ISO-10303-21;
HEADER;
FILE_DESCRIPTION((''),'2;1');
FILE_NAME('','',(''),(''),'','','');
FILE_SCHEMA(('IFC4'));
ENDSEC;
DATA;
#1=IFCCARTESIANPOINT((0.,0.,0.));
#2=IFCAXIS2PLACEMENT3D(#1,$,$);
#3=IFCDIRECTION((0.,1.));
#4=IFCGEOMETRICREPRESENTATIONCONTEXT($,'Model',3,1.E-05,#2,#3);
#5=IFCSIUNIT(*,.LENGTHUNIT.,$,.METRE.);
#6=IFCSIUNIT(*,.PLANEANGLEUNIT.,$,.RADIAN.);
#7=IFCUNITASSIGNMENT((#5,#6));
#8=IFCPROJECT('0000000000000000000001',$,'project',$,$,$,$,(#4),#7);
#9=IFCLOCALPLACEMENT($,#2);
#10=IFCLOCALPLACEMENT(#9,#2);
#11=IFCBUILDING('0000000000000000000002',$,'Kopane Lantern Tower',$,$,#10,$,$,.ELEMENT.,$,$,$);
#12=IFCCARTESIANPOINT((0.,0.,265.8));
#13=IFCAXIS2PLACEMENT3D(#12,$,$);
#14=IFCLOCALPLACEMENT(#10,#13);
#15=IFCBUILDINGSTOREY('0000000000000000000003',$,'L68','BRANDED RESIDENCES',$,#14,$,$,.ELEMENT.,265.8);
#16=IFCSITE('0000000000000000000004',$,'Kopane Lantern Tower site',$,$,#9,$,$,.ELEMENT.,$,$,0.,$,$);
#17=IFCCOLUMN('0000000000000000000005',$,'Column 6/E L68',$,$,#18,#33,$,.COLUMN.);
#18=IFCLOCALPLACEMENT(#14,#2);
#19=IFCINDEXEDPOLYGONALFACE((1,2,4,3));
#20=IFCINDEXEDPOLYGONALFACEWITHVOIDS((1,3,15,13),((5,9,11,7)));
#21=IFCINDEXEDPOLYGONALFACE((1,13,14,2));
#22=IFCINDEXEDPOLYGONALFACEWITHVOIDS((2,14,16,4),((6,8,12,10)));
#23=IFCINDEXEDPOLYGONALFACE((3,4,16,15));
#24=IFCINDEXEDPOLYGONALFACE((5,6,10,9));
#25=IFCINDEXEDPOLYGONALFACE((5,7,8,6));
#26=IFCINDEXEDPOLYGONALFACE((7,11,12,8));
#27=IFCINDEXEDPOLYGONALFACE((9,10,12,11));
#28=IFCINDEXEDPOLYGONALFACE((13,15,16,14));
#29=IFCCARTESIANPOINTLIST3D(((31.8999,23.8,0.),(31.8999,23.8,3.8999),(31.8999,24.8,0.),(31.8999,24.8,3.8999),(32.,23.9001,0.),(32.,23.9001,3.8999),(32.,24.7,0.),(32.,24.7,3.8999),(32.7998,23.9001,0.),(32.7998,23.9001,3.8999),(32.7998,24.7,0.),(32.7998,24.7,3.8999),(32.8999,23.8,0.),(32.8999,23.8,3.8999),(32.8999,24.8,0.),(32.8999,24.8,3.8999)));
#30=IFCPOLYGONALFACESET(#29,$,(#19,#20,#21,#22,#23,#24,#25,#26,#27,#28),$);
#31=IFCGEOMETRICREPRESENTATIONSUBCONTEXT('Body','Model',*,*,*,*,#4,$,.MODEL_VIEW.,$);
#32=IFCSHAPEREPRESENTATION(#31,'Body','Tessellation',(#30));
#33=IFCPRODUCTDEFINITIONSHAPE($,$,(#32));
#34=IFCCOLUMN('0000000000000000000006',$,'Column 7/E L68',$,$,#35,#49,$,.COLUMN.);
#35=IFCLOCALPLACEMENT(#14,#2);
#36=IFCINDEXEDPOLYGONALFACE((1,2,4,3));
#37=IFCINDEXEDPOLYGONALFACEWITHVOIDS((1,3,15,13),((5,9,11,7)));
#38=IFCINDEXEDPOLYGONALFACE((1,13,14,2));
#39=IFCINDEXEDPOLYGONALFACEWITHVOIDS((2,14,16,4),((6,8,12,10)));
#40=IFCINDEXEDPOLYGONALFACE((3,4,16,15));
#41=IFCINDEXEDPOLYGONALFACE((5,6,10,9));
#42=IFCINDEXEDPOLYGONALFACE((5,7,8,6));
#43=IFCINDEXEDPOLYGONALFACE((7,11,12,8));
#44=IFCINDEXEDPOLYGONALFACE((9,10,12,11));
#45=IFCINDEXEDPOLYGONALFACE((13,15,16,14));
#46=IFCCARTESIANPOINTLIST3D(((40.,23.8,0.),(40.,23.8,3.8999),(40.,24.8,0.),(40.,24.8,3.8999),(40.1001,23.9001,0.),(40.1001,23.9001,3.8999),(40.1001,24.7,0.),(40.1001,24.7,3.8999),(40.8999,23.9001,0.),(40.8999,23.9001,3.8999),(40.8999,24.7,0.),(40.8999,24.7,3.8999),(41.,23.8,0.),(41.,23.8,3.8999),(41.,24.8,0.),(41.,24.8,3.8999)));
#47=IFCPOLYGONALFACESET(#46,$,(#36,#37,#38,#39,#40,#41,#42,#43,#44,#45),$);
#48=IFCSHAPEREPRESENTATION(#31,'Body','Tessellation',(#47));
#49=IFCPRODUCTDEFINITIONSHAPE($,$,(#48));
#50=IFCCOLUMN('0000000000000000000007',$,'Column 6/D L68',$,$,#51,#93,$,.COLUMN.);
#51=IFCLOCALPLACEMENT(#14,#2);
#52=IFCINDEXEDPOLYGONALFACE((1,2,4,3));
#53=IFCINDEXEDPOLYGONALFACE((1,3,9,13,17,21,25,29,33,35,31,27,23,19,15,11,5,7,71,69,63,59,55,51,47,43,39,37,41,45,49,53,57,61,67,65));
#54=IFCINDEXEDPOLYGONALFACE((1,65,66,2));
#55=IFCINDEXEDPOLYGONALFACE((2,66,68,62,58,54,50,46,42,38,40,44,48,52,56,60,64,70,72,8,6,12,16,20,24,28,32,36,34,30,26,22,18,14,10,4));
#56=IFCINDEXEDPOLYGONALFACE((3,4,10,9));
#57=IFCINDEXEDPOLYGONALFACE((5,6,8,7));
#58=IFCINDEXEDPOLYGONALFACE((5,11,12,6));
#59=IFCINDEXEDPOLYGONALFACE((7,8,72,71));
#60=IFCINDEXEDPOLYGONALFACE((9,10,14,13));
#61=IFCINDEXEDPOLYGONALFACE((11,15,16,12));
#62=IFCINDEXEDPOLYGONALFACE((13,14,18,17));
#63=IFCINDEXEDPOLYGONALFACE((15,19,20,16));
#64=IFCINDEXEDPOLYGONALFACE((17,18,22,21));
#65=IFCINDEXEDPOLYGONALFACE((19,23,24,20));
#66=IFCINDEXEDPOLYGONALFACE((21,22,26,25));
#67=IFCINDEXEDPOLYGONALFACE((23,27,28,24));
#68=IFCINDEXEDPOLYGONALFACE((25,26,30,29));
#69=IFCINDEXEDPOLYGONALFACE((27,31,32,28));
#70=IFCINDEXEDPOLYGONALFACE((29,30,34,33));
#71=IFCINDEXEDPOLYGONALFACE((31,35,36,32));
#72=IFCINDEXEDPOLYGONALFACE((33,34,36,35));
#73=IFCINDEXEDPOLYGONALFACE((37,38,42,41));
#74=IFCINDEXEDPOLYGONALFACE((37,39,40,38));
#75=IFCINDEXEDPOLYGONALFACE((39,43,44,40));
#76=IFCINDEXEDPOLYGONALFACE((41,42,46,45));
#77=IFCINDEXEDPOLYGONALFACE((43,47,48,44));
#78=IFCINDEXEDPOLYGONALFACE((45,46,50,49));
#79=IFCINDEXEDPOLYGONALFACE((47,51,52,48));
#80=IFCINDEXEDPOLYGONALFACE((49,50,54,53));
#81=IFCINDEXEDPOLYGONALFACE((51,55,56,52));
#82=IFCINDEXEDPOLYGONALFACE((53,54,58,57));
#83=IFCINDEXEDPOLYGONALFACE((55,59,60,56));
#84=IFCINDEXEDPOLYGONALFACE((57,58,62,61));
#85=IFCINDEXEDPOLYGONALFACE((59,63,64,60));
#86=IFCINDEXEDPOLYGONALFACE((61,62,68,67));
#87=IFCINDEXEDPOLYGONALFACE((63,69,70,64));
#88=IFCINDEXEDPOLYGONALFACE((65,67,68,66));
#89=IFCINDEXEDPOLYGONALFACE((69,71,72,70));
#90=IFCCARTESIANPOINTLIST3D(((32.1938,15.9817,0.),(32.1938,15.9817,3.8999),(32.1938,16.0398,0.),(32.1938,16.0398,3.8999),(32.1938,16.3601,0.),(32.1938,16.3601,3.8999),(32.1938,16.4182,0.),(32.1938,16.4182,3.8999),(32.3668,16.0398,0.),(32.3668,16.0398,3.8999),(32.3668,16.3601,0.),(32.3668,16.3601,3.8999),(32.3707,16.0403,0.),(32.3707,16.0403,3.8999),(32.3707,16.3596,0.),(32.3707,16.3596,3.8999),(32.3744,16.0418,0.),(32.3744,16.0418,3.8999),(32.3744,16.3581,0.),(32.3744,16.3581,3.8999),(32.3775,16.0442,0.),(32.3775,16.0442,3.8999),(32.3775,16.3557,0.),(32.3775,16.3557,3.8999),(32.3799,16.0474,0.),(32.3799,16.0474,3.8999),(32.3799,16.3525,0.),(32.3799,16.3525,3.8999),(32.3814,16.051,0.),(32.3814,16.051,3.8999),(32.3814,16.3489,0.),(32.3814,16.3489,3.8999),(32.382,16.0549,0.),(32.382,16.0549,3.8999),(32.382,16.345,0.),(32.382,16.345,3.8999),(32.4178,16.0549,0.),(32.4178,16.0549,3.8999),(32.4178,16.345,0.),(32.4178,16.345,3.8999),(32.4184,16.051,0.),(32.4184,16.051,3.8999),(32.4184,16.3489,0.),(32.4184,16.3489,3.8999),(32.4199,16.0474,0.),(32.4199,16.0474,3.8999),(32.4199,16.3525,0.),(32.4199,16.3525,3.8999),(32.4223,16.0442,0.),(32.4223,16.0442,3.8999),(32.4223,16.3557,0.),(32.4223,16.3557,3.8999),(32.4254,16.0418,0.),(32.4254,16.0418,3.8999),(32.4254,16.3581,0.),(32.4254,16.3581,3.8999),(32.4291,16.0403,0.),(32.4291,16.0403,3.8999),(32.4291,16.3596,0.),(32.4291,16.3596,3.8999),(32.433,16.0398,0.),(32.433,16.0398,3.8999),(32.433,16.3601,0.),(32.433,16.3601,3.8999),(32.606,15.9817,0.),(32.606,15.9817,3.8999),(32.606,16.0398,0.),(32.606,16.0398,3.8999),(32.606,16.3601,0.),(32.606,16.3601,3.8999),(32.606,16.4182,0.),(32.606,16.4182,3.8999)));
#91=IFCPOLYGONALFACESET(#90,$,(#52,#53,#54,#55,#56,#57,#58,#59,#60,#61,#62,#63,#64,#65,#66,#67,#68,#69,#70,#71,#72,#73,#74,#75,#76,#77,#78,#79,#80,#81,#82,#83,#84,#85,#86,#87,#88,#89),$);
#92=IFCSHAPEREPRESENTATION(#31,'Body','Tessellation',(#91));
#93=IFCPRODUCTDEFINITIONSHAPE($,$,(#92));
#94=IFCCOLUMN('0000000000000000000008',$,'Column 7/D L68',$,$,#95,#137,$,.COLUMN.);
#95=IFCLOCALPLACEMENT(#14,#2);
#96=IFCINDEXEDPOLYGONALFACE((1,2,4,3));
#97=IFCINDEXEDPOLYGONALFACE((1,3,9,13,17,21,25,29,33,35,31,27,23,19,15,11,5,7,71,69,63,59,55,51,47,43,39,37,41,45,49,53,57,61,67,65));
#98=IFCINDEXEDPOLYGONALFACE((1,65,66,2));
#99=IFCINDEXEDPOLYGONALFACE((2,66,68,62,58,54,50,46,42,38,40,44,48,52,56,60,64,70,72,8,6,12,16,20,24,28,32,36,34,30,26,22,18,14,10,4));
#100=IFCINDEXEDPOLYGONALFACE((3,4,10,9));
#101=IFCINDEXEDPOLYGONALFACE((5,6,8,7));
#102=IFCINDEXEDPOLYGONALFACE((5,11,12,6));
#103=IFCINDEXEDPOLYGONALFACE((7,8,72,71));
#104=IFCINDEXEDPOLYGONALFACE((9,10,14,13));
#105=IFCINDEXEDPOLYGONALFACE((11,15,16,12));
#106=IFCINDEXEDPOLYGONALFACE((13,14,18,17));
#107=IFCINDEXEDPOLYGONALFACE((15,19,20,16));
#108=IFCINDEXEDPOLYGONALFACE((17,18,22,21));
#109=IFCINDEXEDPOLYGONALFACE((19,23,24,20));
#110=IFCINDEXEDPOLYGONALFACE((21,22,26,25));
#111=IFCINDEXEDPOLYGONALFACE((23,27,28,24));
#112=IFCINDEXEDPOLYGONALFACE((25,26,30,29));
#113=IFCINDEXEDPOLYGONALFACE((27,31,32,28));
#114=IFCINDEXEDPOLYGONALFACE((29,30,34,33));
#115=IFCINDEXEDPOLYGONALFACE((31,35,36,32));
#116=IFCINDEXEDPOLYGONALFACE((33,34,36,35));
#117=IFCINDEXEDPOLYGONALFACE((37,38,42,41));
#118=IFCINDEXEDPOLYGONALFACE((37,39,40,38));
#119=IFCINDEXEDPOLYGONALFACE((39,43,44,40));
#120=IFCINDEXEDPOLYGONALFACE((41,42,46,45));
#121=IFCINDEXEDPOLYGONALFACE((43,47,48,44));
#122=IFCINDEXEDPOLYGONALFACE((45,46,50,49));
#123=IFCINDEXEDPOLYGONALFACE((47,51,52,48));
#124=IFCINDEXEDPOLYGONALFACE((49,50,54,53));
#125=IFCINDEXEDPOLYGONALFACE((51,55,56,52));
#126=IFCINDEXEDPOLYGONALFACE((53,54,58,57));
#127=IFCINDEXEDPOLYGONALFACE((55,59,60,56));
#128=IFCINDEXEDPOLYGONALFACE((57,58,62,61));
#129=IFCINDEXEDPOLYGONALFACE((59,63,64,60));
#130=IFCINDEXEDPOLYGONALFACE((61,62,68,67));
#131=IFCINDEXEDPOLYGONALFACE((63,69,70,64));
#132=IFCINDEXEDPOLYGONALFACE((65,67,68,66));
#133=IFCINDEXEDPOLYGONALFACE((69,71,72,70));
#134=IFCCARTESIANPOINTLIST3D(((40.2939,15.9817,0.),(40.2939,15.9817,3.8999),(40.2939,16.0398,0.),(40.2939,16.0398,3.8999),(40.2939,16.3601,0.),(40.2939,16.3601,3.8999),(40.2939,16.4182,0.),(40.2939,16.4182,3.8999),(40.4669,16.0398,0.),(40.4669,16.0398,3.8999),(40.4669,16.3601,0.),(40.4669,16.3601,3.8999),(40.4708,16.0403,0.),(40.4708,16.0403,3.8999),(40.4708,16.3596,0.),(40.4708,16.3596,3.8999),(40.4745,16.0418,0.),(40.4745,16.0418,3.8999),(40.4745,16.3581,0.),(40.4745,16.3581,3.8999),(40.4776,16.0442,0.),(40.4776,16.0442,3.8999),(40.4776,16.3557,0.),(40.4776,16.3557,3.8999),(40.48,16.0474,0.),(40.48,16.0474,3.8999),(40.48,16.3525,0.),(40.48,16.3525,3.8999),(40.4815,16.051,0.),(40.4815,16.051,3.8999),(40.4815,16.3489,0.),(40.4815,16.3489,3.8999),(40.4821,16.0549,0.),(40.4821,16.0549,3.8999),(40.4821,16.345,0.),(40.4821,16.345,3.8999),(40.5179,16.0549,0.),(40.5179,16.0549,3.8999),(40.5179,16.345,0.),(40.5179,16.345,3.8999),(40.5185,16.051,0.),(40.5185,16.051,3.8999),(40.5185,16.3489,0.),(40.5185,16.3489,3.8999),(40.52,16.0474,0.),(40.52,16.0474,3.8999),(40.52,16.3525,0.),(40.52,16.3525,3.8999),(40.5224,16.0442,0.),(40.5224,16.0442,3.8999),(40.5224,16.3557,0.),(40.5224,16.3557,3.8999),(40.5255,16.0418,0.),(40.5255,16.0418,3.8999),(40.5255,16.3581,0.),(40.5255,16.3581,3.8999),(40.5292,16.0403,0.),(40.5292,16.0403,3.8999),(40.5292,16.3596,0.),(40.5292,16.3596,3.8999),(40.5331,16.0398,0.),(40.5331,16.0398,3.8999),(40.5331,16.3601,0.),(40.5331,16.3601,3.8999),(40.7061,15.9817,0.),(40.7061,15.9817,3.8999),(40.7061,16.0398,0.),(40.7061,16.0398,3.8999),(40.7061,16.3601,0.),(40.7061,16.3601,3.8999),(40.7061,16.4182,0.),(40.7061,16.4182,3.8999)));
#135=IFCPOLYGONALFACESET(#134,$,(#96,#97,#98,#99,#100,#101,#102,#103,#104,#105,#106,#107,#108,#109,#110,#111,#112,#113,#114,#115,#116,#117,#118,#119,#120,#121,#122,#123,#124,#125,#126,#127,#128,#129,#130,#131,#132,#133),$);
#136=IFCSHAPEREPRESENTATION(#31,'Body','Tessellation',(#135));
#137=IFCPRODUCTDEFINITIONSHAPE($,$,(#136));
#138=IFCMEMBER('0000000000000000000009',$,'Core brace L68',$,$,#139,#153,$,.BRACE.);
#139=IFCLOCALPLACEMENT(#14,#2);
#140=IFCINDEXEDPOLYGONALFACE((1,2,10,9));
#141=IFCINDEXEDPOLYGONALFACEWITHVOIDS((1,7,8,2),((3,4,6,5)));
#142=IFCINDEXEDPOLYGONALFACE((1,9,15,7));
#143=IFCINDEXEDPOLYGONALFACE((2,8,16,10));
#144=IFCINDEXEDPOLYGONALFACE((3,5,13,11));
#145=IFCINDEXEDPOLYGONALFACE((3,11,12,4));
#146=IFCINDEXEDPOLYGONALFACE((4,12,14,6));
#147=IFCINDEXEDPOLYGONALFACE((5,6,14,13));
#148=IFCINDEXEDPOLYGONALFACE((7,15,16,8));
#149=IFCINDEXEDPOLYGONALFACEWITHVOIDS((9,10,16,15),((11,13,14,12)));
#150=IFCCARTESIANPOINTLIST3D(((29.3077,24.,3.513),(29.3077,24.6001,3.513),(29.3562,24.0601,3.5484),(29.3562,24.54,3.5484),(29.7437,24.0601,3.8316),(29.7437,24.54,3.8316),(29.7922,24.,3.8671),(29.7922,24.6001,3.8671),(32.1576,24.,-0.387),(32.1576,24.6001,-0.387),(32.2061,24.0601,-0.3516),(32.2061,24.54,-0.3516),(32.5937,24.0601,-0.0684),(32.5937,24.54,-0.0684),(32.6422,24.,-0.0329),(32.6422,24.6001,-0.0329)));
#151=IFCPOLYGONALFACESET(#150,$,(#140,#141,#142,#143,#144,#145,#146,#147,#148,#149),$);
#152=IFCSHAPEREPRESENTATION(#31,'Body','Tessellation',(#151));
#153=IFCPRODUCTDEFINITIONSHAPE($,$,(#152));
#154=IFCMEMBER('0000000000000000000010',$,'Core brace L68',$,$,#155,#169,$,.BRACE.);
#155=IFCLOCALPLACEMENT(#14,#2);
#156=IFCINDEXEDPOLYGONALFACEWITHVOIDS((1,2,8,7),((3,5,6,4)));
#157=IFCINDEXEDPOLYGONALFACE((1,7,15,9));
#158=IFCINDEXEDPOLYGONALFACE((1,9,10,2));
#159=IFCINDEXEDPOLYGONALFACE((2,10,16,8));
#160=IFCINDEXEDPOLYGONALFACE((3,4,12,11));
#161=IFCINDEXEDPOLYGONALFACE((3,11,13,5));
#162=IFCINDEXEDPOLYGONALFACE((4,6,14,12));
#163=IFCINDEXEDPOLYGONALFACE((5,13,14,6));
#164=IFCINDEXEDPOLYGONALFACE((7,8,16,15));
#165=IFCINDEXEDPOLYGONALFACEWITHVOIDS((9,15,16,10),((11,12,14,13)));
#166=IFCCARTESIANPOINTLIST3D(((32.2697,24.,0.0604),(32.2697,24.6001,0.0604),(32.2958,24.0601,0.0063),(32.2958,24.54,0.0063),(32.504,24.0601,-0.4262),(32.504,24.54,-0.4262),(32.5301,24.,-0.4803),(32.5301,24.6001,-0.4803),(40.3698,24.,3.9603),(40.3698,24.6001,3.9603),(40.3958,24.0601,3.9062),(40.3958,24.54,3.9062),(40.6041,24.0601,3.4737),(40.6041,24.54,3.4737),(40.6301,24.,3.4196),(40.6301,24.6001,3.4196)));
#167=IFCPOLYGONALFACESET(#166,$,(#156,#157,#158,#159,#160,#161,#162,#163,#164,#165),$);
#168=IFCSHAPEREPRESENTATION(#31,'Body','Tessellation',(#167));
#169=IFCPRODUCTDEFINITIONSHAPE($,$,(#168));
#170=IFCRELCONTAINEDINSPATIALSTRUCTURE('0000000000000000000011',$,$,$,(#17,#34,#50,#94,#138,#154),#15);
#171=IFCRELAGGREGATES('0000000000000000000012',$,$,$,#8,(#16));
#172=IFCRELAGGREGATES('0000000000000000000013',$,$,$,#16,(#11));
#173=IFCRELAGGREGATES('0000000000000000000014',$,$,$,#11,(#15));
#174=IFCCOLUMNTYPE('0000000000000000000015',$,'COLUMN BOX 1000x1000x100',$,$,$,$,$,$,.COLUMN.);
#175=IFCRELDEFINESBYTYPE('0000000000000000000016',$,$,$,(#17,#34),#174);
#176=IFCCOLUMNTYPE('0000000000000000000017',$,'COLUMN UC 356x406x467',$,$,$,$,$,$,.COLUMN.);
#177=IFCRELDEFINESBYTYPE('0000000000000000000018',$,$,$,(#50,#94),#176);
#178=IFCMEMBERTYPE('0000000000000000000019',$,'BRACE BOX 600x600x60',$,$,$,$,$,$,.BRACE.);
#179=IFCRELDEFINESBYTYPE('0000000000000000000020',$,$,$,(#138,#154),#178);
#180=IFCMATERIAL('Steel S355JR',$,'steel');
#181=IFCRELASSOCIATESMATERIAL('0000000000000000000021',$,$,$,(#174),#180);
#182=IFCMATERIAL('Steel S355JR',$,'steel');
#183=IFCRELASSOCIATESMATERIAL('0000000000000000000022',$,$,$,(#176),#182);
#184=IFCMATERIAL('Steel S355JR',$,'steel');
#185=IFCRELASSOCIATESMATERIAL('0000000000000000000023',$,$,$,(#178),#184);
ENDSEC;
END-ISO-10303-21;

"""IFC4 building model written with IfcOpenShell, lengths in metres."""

from ifc_helpers import new_model, si_unit, direction, frame, origin, origin_2d, place, context, subcontext, project, spatial, hollow_rectangle, i_section, extrude, material, material_profile, profile_set, type_object, element, save


model = new_model("IFC4")

# Units and contexts
model_context = context("Model", 3, precision=1e-05, world=origin(), true_north=direction((0.0, 1.0)))
body_context = subcontext(model_context, "Body", "Model", "MODEL_VIEW")
ifc_project = project(units=[si_unit("LENGTHUNIT", "METRE"), si_unit("PLANEANGLEUNIT", "RADIAN")], contexts=[model_context])

# Site, building, storey
site_placement = place(None, origin())
site = spatial("IfcSite", under=ifc_project, at=site_placement, Name="Kopane Lantern Tower site", CompositionType="ELEMENT", RefElevation=0.0)
building_placement = place(site_placement, origin())
building = spatial("IfcBuilding", under=site, at=building_placement, Name="Kopane Lantern Tower", CompositionType="ELEMENT")
storey_placement = place(building_placement, frame((0.0, 0.0, 265.8)))
storey = spatial("IfcBuildingStorey", under=building, at=storey_placement, Name="L68", Description="BRANDED RESIDENCES", CompositionType="ELEMENT", Elevation=265.8)

# Columns
ifc_material_1 = material(Name="Steel S355JR", Category="steel")
ifc_material_profile_1 = material_profile(ifc_material_1, hollow_rectangle(XDim=1.0, YDim=1.0, WallThickness=0.1001, at=origin_2d()), Name="BOX 1000x1000x100")
ifc_profile_set_1 = profile_set([ifc_material_profile_1], Name="Steel S355JR")
column_type_1 = type_object("IfcColumnType", Name="COLUMN BOX 1000x1000x100", PredefinedType="COLUMN", material=ifc_profile_set_1)
for number, where, z_axis, x_axis, name in (
    (1, (32.3999, 24.3, 0.0), (0.0, 0.0, 1.0), (1.0, 0.0, 0.0), "Column 6/E L68"),
    (2, (40.5, 24.3, 0.0), (0.0, 0.0, 1.0), (1.0, 0.0, 0.0), "Column 7/E L68"),
):
    element("IfcColumn", number, at=place(storey_placement, frame(where, z_axis=z_axis, x_axis=x_axis)), inside=storey, type_object=column_type_1, Name=name, PredefinedType="COLUMN", context=body_context, shape_type="SweptSolid", body=[
        extrude(hollow_rectangle(XDim=1.0, YDim=1.0, WallThickness=0.1001, at=origin_2d()), origin(), (0.0, 0.0, 1.0), 3.8999),
    ])
ifc_material_2 = material(Name="Steel S355JR", Category="steel")
ifc_material_profile_2 = material_profile(ifc_material_2, i_section(OverallWidth=0.4121, OverallDepth=0.4365, WebThickness=0.0359, FlangeThickness=0.0581, FilletRadius=0.0151, at=origin_2d()), Name="UC 356x406x467")
ifc_profile_set_2 = profile_set([ifc_material_profile_2], Name="Steel S355JR")
column_type_2 = type_object("IfcColumnType", Name="COLUMN UC 356x406x467", PredefinedType="COLUMN", material=ifc_profile_set_2)
for number, where, z_axis, x_axis, name in (
    (3, (32.3999, 16.2, 0.0), (0.0, 0.0, 1.0), (1.0, 0.0, 0.0), "Column 6/D L68"),
    (4, (40.5, 16.2, 0.0), (0.0, 0.0, 1.0), (1.0, 0.0, 0.0), "Column 7/D L68"),
):
    element("IfcColumn", number, at=place(storey_placement, frame(where, z_axis=z_axis, x_axis=x_axis)), inside=storey, type_object=column_type_2, Name=name, PredefinedType="COLUMN", context=body_context, shape_type="SweptSolid", body=[
        extrude(i_section(OverallWidth=0.4121, OverallDepth=0.4365, WebThickness=0.0359, FlangeThickness=0.0581, FilletRadius=0.0151, at=origin_2d()), origin(), (0.0, 0.0, 1.0), 3.8999),
    ])

# Members
ifc_material_3 = material(Name="Steel S355JR", Category="steel")
ifc_material_profile_3 = material_profile(ifc_material_3, hollow_rectangle(XDim=0.6001, YDim=0.6001, WallThickness=0.0601, at=origin_2d()), Name="BOX 600x600x60")
ifc_profile_set_3 = profile_set([ifc_material_profile_3], Name="Steel S355JR")
member_type = type_object("IfcMemberType", Name="BRACE BOX 600x600x60", PredefinedType="BRACE", material=ifc_profile_set_3)
member_1_placement = place(storey_placement, frame((32.3999, 24.3, -0.21), z_axis=(-0.590006, 0.0, 0.807399), x_axis=(0.0, -1.0, 0.0)))
element("IfcMember", 5, at=member_1_placement, inside=storey, type_object=member_type, Name="Core brace L68", PredefinedType="BRACE", context=body_context, shape_type="SweptSolid", body=[
    extrude(hollow_rectangle(XDim=0.6001, YDim=0.6001, WallThickness=0.0601, at=origin_2d()), origin(), (0.0, 0.0, 1.0), 4.8303),
])
member_2_placement = place(storey_placement, frame((32.3999, 24.3, -0.21), z_axis=(0.901008, 0.0, 0.433803), x_axis=(0.0, 1.0, 0.0)))
element("IfcMember", 6, at=member_2_placement, inside=storey, type_object=member_type, Name="Core brace L68", PredefinedType="BRACE", context=body_context, shape_type="SweptSolid", body=[
    extrude(hollow_rectangle(XDim=0.6001, YDim=0.6001, WallThickness=0.0601, at=origin_2d()), origin(), (0.0, 0.0, 1.0), 8.99),
])

save(model, "model.ifc")
